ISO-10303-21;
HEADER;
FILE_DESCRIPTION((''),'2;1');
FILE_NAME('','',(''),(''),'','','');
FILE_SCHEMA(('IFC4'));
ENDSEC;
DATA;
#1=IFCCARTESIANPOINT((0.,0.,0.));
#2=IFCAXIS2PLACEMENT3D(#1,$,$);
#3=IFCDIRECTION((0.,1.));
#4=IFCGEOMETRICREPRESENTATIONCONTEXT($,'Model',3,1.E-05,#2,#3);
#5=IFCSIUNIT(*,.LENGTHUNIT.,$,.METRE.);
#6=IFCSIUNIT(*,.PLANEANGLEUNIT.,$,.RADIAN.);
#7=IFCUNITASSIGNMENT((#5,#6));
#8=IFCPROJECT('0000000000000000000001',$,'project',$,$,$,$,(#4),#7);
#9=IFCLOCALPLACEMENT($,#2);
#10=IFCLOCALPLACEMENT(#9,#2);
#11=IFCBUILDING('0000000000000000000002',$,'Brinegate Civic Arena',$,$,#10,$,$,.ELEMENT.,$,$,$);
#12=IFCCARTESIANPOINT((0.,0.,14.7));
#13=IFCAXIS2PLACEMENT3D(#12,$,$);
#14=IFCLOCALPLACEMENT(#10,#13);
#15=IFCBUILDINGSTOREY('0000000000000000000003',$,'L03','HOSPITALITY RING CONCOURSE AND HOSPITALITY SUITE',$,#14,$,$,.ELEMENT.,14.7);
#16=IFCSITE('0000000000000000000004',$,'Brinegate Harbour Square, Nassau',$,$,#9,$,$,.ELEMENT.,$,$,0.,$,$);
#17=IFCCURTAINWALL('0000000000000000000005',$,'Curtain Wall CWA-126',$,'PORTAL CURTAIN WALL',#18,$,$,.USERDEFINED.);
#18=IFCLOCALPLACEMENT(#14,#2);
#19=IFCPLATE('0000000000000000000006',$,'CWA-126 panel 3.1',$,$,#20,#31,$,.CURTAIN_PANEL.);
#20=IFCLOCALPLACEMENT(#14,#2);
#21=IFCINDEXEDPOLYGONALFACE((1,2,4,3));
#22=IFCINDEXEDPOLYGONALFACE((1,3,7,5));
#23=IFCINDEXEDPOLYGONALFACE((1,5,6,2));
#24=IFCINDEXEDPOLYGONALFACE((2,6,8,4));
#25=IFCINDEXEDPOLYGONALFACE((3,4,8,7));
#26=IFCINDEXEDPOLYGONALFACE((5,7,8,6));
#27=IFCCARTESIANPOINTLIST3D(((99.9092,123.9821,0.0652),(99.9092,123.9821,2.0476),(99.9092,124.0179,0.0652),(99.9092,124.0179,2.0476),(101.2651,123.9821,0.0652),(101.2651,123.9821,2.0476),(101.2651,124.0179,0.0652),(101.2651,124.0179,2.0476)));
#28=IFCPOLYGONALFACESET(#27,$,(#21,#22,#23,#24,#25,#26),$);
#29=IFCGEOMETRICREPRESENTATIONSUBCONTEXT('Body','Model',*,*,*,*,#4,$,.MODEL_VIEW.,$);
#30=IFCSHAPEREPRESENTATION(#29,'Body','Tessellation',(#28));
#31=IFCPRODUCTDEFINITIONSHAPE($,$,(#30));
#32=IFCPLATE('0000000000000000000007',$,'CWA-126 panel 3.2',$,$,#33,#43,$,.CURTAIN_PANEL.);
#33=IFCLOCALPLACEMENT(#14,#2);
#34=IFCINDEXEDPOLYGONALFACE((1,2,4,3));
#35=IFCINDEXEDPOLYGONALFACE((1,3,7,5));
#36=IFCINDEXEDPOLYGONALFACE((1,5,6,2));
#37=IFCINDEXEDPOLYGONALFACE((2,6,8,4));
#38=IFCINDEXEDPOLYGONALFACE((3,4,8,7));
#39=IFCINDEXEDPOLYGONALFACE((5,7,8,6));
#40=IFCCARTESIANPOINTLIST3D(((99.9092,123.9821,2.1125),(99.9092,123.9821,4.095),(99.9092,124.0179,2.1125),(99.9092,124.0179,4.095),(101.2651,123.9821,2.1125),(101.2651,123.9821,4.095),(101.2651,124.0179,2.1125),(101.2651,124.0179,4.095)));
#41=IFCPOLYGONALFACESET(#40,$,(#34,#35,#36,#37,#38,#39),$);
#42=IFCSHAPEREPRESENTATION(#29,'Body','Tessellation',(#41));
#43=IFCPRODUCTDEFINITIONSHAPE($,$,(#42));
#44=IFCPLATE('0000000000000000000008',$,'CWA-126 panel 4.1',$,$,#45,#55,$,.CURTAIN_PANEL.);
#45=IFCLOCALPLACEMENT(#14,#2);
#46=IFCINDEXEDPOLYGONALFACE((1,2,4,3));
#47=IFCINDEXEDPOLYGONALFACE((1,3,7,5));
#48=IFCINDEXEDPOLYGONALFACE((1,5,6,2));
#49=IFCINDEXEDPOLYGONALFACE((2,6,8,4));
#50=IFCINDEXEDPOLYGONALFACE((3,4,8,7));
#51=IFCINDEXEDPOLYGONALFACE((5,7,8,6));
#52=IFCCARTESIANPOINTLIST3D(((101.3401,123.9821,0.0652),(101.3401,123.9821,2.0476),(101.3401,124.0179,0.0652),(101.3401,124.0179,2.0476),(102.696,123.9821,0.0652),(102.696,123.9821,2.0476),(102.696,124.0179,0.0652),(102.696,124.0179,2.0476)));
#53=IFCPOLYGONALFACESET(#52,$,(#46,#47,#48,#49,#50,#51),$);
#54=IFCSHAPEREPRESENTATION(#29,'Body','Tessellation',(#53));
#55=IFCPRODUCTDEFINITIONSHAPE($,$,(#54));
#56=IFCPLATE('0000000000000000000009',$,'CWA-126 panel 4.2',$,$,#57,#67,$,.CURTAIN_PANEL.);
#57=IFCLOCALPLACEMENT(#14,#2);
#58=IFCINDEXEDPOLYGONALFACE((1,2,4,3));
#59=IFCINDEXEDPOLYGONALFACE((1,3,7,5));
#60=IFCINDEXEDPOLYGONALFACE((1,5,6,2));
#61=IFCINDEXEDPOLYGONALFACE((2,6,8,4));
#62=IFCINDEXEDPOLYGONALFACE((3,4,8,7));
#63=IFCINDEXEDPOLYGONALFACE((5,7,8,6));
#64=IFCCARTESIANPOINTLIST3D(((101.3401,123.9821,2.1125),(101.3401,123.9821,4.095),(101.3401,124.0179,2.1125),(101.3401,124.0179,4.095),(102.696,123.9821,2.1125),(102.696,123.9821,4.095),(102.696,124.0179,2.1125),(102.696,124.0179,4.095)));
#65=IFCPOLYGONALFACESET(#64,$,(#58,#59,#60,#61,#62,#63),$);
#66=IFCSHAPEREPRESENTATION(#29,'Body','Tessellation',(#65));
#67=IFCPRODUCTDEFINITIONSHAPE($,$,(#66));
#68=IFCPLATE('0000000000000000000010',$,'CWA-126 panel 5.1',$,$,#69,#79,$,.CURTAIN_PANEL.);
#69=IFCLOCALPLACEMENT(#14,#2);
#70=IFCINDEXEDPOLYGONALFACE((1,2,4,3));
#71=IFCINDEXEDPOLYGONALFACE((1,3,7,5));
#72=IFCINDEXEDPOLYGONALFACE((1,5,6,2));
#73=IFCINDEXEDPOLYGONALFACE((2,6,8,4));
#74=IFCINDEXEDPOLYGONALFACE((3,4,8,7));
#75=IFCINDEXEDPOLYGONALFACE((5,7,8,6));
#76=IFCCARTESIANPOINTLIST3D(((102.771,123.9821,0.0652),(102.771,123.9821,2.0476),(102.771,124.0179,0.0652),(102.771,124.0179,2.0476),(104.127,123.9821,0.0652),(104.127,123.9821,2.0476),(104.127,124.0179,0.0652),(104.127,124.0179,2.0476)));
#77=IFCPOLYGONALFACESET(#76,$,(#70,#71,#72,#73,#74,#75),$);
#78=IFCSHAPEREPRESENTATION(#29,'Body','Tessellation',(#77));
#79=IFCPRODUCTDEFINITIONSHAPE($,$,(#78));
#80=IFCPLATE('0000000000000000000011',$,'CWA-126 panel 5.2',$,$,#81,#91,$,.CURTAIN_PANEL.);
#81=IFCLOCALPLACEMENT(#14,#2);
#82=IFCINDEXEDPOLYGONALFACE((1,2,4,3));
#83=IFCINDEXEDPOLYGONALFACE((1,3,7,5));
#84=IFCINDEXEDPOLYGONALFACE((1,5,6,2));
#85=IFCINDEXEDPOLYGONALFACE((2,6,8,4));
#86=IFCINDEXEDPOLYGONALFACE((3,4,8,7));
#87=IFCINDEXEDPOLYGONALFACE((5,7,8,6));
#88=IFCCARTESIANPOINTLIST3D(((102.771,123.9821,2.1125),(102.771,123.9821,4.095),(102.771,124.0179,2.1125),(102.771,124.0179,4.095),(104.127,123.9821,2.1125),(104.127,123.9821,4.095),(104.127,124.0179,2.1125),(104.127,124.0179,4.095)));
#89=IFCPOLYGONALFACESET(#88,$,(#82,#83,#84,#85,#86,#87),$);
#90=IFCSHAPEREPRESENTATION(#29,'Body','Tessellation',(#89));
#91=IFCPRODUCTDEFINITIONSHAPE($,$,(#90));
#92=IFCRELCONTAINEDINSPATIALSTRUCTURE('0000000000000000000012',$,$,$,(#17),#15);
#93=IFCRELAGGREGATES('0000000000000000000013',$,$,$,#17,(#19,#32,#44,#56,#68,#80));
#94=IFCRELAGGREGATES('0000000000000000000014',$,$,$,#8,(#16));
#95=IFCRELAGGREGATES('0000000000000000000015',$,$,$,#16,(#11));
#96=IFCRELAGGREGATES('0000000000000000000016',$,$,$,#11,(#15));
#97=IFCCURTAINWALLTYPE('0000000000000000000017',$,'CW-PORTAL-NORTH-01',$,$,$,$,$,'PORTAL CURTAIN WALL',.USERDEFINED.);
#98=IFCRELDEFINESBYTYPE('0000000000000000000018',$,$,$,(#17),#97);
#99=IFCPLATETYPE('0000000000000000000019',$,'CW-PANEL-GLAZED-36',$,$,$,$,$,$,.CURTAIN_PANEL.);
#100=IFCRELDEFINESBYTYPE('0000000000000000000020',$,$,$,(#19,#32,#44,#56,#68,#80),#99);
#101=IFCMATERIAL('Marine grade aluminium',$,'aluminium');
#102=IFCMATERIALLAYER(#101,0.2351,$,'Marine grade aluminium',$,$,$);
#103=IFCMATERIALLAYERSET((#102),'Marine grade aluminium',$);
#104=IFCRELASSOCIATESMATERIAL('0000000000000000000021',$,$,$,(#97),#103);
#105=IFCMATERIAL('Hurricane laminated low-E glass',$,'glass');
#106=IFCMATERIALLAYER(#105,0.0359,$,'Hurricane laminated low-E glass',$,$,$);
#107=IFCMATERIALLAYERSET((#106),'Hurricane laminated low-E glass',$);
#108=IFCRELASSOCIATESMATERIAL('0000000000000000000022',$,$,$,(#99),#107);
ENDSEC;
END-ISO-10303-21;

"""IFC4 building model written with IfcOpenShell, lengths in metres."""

from ifc_helpers import new_model, si_unit, direction, frame, origin, origin_2d, place, context, subcontext, project, spatial, rectangle, extrude, material, layer, layer_set, type_object, element, aggregate, save


model = new_model("IFC4")

# Units and contexts
model_context = context("Model", 3, precision=1e-05, world=origin(), true_north=direction((0.0, 1.0)))
body_context = subcontext(model_context, "Body", "Model", "MODEL_VIEW")
ifc_project = project(units=[si_unit("LENGTHUNIT", "METRE"), si_unit("PLANEANGLEUNIT", "RADIAN")], contexts=[model_context])

# Site, building, storey
site_placement = place(None, origin())
site = spatial("IfcSite", under=ifc_project, at=site_placement, Name="Brinegate Harbour Square, Nassau", CompositionType="ELEMENT", RefElevation=0.0)
building_placement = place(site_placement, origin())
building = spatial("IfcBuilding", under=site, at=building_placement, Name="Brinegate Civic Arena", CompositionType="ELEMENT")
storey_placement = place(building_placement, frame((0.0, 0.0, 14.7)))
storey = spatial("IfcBuildingStorey", under=building, at=storey_placement, Name="L03", Description="HOSPITALITY RING CONCOURSE AND HOSPITALITY SUITE", CompositionType="ELEMENT", Elevation=14.7)

# Curtain wall, plates
ifc_material_1 = material(Name="Marine grade aluminium", Category="aluminium")
ifc_layer_1 = layer(ifc_material_1, 0.2351, Name="Marine grade aluminium")
ifc_layer_set_1 = layer_set([ifc_layer_1], Name="Marine grade aluminium")
curtain_wall_type = type_object("IfcCurtainWallType", Name="CW-PORTAL-NORTH-01", ElementType="PORTAL CURTAIN WALL", PredefinedType="USERDEFINED", material=ifc_layer_set_1)
curtain_wall_placement = place(storey_placement, origin())
curtain_wall = element("IfcCurtainWall", 1, at=curtain_wall_placement, inside=storey, type_object=curtain_wall_type, Name="Curtain Wall CWA-126", ObjectType="PORTAL CURTAIN WALL", PredefinedType="USERDEFINED")
ifc_material_2 = material(Name="Hurricane laminated low-E glass", Category="glass")
ifc_layer_2 = layer(ifc_material_2, 0.0359, Name="Hurricane laminated low-E glass")
ifc_layer_set_2 = layer_set([ifc_layer_2], Name="Hurricane laminated low-E glass")
plate_type = type_object("IfcPlateType", Name="CW-PANEL-GLAZED-36", PredefinedType="CURTAIN_PANEL", material=ifc_layer_set_2)
plate_1_placement = place(storey_placement, frame((100.5872, 124.0, 0.0652), z_axis=(0.0, 0.0, 1.0), x_axis=(1.0, 0.0, 0.0)))
plate_1 = element("IfcPlate", 2, at=plate_1_placement, type_object=plate_type, Name="CWA-126 panel 3.1", PredefinedType="CURTAIN_PANEL", context=body_context, shape_type="SweptSolid", body=[
    extrude(rectangle(XDim=1.356, YDim=0.0359, at=origin_2d()), origin(), (0.0, 0.0, 1.0), 1.9824),
])
plate_2_placement = place(storey_placement, frame((100.5872, 124.0, 2.1125), z_axis=(0.0, 0.0, 1.0), x_axis=(1.0, 0.0, 0.0)))
plate_2 = element("IfcPlate", 3, at=plate_2_placement, type_object=plate_type, Name="CWA-126 panel 3.2", PredefinedType="CURTAIN_PANEL", context=body_context, shape_type="SweptSolid", body=[
    extrude(rectangle(XDim=1.356, YDim=0.0359, at=origin_2d()), origin(), (0.0, 0.0, 1.0), 1.9824),
])
plate_3_placement = place(storey_placement, frame((102.0181, 124.0, 0.0652), z_axis=(0.0, 0.0, 1.0), x_axis=(1.0, 0.0, 0.0)))
plate_3 = element("IfcPlate", 4, at=plate_3_placement, type_object=plate_type, Name="CWA-126 panel 4.1", PredefinedType="CURTAIN_PANEL", context=body_context, shape_type="SweptSolid", body=[
    extrude(rectangle(XDim=1.356, YDim=0.0359, at=origin_2d()), origin(), (0.0, 0.0, 1.0), 1.9824),
])
plate_4_placement = place(storey_placement, frame((102.0181, 124.0, 2.1125), z_axis=(0.0, 0.0, 1.0), x_axis=(1.0, 0.0, 0.0)))
plate_4 = element("IfcPlate", 5, at=plate_4_placement, type_object=plate_type, Name="CWA-126 panel 4.2", PredefinedType="CURTAIN_PANEL", context=body_context, shape_type="SweptSolid", body=[
    extrude(rectangle(XDim=1.356, YDim=0.0359, at=origin_2d()), origin(), (0.0, 0.0, 1.0), 1.9824),
])
plate_5_placement = place(storey_placement, frame((103.449, 124.0, 0.0652), z_axis=(0.0, 0.0, 1.0), x_axis=(1.0, 0.0, 0.0)))
plate_5 = element("IfcPlate", 6, at=plate_5_placement, type_object=plate_type, Name="CWA-126 panel 5.1", PredefinedType="CURTAIN_PANEL", context=body_context, shape_type="SweptSolid", body=[
    extrude(rectangle(XDim=1.356, YDim=0.0359, at=origin_2d()), origin(), (0.0, 0.0, 1.0), 1.9824),
])
plate_6_placement = place(storey_placement, frame((103.449, 124.0, 2.1125), z_axis=(0.0, 0.0, 1.0), x_axis=(1.0, 0.0, 0.0)))
plate_6 = element("IfcPlate", 7, at=plate_6_placement, type_object=plate_type, Name="CWA-126 panel 5.2", PredefinedType="CURTAIN_PANEL", context=body_context, shape_type="SweptSolid", body=[
    extrude(rectangle(XDim=1.356, YDim=0.0359, at=origin_2d()), origin(), (0.0, 0.0, 1.0), 1.9824),
])
aggregate(curtain_wall, [plate_1, plate_2, plate_3, plate_4, plate_5, plate_6])

save(model, "model.ifc")
